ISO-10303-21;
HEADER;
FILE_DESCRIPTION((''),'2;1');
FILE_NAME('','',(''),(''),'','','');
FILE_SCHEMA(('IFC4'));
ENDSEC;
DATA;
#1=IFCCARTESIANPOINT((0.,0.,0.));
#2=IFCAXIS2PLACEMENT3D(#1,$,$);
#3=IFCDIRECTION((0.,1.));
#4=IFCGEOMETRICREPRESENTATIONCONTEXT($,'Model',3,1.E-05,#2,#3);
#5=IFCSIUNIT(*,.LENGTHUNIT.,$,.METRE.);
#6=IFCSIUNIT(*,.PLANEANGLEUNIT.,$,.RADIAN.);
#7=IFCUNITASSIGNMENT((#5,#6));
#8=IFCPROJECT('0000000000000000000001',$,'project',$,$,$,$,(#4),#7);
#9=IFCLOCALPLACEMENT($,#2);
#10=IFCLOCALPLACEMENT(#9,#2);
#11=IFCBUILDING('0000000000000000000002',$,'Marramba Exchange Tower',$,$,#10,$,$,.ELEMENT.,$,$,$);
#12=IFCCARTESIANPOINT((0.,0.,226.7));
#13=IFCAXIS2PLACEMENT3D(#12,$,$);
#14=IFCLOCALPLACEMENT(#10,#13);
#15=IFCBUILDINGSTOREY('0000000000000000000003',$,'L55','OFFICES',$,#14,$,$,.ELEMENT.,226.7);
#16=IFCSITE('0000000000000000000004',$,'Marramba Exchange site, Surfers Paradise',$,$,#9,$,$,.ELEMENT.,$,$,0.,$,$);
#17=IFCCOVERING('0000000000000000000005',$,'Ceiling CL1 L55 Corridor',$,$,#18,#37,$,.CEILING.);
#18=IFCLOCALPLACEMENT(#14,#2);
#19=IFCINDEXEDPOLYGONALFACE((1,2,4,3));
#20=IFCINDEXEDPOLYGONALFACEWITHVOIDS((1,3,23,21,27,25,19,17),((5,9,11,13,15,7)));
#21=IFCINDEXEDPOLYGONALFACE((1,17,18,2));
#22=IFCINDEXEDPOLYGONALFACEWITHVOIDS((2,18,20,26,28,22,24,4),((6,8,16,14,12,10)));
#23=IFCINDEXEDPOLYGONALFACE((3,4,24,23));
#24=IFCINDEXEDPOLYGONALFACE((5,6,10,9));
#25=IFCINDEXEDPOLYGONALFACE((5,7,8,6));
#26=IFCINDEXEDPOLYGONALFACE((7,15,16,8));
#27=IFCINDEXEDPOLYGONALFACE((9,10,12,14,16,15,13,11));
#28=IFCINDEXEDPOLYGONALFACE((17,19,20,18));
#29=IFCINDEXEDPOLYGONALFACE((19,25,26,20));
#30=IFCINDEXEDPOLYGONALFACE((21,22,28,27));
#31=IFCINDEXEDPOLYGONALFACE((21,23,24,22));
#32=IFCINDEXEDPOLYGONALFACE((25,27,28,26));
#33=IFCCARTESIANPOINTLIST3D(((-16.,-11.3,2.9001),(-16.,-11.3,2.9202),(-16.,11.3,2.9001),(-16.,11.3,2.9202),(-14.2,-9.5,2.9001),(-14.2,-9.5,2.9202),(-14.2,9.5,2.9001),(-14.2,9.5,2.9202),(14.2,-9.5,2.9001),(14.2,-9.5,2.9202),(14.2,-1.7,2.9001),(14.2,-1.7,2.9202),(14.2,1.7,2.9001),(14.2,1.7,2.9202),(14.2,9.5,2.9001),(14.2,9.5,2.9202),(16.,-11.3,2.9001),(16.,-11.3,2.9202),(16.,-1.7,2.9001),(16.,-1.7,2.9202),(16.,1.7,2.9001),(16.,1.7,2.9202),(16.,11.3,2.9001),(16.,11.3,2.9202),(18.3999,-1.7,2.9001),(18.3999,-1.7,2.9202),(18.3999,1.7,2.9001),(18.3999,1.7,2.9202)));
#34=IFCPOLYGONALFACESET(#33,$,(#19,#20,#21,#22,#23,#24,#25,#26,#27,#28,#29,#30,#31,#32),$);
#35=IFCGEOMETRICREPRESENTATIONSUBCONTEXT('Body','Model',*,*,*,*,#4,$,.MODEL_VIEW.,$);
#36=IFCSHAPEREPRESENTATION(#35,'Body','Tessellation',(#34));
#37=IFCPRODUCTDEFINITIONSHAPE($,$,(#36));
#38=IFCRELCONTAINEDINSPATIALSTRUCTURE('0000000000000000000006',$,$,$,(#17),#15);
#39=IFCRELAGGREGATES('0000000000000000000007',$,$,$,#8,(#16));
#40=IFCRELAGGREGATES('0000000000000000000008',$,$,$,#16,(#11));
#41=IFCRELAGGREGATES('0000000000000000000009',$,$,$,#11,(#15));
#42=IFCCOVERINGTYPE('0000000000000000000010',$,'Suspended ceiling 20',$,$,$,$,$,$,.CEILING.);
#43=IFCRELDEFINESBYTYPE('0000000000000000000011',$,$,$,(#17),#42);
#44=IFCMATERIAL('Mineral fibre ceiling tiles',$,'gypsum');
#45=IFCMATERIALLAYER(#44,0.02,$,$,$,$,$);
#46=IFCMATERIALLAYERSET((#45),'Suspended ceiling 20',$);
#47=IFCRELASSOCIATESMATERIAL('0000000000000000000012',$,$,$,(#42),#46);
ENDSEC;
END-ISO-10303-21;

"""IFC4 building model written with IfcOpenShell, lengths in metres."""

from ifc_helpers import new_model, si_unit, direction, frame, origin, place, context, subcontext, project, spatial, polyline, outline, extrude, material, layer, layer_set, type_object, element, save


model = new_model("IFC4")

# Units and contexts
model_context = context("Model", 3, precision=1e-05, world=origin(), true_north=direction((0.0, 1.0)))
body_context = subcontext(model_context, "Body", "Model", "MODEL_VIEW")
ifc_project = project(units=[si_unit("LENGTHUNIT", "METRE"), si_unit("PLANEANGLEUNIT", "RADIAN")], contexts=[model_context])

# Site, building, storey
site_placement = place(None, origin())
site = spatial("IfcSite", under=ifc_project, at=site_placement, Name="Marramba Exchange site, Surfers Paradise", CompositionType="ELEMENT", RefElevation=0.0)
building_placement = place(site_placement, origin())
building = spatial("IfcBuilding", under=site, at=building_placement, Name="Marramba Exchange Tower", CompositionType="ELEMENT")
storey_placement = place(building_placement, frame((0.0, 0.0, 226.7)))
storey = spatial("IfcBuildingStorey", under=building, at=storey_placement, Name="L55", Description="OFFICES", CompositionType="ELEMENT", Elevation=226.7)

# Covering
ifc_material_1 = material(Name="Mineral fibre ceiling tiles", Category="gypsum")
ifc_layer_1 = layer(ifc_material_1, 0.02)
ifc_layer_set_1 = layer_set([ifc_layer_1], Name="Suspended ceiling 20")
covering_type = type_object("IfcCoveringType", Name="Suspended ceiling 20", PredefinedType="CEILING", material=ifc_layer_set_1)
covering_1_placement = place(storey_placement, frame((0.0, 0.0, 2.9001)))
element("IfcCovering", 1, at=covering_1_placement, inside=storey, type_object=covering_type, Name="Ceiling CL1 L55 Corridor", PredefinedType="CEILING", context=body_context, shape_type="SweptSolid", body=[
    extrude(outline(polyline([(18.3999, 1.7), (18.3999, -1.7), (16.0, -1.7), (16.0, -11.3), (-16.0, -11.3), (-16.0, 11.3), (16.0, 11.3), (16.0, 1.7), (18.3999, 1.7)]), holes=[polyline([(14.2, -1.7), (14.2, 1.7), (14.2, 9.5), (-14.2, 9.5), (-14.2, -9.5), (14.2, -9.5), (14.2, -1.7)])]), origin(), (0.0, 0.0, 1.0), 0.02),
])

save(model, "model.ifc")
